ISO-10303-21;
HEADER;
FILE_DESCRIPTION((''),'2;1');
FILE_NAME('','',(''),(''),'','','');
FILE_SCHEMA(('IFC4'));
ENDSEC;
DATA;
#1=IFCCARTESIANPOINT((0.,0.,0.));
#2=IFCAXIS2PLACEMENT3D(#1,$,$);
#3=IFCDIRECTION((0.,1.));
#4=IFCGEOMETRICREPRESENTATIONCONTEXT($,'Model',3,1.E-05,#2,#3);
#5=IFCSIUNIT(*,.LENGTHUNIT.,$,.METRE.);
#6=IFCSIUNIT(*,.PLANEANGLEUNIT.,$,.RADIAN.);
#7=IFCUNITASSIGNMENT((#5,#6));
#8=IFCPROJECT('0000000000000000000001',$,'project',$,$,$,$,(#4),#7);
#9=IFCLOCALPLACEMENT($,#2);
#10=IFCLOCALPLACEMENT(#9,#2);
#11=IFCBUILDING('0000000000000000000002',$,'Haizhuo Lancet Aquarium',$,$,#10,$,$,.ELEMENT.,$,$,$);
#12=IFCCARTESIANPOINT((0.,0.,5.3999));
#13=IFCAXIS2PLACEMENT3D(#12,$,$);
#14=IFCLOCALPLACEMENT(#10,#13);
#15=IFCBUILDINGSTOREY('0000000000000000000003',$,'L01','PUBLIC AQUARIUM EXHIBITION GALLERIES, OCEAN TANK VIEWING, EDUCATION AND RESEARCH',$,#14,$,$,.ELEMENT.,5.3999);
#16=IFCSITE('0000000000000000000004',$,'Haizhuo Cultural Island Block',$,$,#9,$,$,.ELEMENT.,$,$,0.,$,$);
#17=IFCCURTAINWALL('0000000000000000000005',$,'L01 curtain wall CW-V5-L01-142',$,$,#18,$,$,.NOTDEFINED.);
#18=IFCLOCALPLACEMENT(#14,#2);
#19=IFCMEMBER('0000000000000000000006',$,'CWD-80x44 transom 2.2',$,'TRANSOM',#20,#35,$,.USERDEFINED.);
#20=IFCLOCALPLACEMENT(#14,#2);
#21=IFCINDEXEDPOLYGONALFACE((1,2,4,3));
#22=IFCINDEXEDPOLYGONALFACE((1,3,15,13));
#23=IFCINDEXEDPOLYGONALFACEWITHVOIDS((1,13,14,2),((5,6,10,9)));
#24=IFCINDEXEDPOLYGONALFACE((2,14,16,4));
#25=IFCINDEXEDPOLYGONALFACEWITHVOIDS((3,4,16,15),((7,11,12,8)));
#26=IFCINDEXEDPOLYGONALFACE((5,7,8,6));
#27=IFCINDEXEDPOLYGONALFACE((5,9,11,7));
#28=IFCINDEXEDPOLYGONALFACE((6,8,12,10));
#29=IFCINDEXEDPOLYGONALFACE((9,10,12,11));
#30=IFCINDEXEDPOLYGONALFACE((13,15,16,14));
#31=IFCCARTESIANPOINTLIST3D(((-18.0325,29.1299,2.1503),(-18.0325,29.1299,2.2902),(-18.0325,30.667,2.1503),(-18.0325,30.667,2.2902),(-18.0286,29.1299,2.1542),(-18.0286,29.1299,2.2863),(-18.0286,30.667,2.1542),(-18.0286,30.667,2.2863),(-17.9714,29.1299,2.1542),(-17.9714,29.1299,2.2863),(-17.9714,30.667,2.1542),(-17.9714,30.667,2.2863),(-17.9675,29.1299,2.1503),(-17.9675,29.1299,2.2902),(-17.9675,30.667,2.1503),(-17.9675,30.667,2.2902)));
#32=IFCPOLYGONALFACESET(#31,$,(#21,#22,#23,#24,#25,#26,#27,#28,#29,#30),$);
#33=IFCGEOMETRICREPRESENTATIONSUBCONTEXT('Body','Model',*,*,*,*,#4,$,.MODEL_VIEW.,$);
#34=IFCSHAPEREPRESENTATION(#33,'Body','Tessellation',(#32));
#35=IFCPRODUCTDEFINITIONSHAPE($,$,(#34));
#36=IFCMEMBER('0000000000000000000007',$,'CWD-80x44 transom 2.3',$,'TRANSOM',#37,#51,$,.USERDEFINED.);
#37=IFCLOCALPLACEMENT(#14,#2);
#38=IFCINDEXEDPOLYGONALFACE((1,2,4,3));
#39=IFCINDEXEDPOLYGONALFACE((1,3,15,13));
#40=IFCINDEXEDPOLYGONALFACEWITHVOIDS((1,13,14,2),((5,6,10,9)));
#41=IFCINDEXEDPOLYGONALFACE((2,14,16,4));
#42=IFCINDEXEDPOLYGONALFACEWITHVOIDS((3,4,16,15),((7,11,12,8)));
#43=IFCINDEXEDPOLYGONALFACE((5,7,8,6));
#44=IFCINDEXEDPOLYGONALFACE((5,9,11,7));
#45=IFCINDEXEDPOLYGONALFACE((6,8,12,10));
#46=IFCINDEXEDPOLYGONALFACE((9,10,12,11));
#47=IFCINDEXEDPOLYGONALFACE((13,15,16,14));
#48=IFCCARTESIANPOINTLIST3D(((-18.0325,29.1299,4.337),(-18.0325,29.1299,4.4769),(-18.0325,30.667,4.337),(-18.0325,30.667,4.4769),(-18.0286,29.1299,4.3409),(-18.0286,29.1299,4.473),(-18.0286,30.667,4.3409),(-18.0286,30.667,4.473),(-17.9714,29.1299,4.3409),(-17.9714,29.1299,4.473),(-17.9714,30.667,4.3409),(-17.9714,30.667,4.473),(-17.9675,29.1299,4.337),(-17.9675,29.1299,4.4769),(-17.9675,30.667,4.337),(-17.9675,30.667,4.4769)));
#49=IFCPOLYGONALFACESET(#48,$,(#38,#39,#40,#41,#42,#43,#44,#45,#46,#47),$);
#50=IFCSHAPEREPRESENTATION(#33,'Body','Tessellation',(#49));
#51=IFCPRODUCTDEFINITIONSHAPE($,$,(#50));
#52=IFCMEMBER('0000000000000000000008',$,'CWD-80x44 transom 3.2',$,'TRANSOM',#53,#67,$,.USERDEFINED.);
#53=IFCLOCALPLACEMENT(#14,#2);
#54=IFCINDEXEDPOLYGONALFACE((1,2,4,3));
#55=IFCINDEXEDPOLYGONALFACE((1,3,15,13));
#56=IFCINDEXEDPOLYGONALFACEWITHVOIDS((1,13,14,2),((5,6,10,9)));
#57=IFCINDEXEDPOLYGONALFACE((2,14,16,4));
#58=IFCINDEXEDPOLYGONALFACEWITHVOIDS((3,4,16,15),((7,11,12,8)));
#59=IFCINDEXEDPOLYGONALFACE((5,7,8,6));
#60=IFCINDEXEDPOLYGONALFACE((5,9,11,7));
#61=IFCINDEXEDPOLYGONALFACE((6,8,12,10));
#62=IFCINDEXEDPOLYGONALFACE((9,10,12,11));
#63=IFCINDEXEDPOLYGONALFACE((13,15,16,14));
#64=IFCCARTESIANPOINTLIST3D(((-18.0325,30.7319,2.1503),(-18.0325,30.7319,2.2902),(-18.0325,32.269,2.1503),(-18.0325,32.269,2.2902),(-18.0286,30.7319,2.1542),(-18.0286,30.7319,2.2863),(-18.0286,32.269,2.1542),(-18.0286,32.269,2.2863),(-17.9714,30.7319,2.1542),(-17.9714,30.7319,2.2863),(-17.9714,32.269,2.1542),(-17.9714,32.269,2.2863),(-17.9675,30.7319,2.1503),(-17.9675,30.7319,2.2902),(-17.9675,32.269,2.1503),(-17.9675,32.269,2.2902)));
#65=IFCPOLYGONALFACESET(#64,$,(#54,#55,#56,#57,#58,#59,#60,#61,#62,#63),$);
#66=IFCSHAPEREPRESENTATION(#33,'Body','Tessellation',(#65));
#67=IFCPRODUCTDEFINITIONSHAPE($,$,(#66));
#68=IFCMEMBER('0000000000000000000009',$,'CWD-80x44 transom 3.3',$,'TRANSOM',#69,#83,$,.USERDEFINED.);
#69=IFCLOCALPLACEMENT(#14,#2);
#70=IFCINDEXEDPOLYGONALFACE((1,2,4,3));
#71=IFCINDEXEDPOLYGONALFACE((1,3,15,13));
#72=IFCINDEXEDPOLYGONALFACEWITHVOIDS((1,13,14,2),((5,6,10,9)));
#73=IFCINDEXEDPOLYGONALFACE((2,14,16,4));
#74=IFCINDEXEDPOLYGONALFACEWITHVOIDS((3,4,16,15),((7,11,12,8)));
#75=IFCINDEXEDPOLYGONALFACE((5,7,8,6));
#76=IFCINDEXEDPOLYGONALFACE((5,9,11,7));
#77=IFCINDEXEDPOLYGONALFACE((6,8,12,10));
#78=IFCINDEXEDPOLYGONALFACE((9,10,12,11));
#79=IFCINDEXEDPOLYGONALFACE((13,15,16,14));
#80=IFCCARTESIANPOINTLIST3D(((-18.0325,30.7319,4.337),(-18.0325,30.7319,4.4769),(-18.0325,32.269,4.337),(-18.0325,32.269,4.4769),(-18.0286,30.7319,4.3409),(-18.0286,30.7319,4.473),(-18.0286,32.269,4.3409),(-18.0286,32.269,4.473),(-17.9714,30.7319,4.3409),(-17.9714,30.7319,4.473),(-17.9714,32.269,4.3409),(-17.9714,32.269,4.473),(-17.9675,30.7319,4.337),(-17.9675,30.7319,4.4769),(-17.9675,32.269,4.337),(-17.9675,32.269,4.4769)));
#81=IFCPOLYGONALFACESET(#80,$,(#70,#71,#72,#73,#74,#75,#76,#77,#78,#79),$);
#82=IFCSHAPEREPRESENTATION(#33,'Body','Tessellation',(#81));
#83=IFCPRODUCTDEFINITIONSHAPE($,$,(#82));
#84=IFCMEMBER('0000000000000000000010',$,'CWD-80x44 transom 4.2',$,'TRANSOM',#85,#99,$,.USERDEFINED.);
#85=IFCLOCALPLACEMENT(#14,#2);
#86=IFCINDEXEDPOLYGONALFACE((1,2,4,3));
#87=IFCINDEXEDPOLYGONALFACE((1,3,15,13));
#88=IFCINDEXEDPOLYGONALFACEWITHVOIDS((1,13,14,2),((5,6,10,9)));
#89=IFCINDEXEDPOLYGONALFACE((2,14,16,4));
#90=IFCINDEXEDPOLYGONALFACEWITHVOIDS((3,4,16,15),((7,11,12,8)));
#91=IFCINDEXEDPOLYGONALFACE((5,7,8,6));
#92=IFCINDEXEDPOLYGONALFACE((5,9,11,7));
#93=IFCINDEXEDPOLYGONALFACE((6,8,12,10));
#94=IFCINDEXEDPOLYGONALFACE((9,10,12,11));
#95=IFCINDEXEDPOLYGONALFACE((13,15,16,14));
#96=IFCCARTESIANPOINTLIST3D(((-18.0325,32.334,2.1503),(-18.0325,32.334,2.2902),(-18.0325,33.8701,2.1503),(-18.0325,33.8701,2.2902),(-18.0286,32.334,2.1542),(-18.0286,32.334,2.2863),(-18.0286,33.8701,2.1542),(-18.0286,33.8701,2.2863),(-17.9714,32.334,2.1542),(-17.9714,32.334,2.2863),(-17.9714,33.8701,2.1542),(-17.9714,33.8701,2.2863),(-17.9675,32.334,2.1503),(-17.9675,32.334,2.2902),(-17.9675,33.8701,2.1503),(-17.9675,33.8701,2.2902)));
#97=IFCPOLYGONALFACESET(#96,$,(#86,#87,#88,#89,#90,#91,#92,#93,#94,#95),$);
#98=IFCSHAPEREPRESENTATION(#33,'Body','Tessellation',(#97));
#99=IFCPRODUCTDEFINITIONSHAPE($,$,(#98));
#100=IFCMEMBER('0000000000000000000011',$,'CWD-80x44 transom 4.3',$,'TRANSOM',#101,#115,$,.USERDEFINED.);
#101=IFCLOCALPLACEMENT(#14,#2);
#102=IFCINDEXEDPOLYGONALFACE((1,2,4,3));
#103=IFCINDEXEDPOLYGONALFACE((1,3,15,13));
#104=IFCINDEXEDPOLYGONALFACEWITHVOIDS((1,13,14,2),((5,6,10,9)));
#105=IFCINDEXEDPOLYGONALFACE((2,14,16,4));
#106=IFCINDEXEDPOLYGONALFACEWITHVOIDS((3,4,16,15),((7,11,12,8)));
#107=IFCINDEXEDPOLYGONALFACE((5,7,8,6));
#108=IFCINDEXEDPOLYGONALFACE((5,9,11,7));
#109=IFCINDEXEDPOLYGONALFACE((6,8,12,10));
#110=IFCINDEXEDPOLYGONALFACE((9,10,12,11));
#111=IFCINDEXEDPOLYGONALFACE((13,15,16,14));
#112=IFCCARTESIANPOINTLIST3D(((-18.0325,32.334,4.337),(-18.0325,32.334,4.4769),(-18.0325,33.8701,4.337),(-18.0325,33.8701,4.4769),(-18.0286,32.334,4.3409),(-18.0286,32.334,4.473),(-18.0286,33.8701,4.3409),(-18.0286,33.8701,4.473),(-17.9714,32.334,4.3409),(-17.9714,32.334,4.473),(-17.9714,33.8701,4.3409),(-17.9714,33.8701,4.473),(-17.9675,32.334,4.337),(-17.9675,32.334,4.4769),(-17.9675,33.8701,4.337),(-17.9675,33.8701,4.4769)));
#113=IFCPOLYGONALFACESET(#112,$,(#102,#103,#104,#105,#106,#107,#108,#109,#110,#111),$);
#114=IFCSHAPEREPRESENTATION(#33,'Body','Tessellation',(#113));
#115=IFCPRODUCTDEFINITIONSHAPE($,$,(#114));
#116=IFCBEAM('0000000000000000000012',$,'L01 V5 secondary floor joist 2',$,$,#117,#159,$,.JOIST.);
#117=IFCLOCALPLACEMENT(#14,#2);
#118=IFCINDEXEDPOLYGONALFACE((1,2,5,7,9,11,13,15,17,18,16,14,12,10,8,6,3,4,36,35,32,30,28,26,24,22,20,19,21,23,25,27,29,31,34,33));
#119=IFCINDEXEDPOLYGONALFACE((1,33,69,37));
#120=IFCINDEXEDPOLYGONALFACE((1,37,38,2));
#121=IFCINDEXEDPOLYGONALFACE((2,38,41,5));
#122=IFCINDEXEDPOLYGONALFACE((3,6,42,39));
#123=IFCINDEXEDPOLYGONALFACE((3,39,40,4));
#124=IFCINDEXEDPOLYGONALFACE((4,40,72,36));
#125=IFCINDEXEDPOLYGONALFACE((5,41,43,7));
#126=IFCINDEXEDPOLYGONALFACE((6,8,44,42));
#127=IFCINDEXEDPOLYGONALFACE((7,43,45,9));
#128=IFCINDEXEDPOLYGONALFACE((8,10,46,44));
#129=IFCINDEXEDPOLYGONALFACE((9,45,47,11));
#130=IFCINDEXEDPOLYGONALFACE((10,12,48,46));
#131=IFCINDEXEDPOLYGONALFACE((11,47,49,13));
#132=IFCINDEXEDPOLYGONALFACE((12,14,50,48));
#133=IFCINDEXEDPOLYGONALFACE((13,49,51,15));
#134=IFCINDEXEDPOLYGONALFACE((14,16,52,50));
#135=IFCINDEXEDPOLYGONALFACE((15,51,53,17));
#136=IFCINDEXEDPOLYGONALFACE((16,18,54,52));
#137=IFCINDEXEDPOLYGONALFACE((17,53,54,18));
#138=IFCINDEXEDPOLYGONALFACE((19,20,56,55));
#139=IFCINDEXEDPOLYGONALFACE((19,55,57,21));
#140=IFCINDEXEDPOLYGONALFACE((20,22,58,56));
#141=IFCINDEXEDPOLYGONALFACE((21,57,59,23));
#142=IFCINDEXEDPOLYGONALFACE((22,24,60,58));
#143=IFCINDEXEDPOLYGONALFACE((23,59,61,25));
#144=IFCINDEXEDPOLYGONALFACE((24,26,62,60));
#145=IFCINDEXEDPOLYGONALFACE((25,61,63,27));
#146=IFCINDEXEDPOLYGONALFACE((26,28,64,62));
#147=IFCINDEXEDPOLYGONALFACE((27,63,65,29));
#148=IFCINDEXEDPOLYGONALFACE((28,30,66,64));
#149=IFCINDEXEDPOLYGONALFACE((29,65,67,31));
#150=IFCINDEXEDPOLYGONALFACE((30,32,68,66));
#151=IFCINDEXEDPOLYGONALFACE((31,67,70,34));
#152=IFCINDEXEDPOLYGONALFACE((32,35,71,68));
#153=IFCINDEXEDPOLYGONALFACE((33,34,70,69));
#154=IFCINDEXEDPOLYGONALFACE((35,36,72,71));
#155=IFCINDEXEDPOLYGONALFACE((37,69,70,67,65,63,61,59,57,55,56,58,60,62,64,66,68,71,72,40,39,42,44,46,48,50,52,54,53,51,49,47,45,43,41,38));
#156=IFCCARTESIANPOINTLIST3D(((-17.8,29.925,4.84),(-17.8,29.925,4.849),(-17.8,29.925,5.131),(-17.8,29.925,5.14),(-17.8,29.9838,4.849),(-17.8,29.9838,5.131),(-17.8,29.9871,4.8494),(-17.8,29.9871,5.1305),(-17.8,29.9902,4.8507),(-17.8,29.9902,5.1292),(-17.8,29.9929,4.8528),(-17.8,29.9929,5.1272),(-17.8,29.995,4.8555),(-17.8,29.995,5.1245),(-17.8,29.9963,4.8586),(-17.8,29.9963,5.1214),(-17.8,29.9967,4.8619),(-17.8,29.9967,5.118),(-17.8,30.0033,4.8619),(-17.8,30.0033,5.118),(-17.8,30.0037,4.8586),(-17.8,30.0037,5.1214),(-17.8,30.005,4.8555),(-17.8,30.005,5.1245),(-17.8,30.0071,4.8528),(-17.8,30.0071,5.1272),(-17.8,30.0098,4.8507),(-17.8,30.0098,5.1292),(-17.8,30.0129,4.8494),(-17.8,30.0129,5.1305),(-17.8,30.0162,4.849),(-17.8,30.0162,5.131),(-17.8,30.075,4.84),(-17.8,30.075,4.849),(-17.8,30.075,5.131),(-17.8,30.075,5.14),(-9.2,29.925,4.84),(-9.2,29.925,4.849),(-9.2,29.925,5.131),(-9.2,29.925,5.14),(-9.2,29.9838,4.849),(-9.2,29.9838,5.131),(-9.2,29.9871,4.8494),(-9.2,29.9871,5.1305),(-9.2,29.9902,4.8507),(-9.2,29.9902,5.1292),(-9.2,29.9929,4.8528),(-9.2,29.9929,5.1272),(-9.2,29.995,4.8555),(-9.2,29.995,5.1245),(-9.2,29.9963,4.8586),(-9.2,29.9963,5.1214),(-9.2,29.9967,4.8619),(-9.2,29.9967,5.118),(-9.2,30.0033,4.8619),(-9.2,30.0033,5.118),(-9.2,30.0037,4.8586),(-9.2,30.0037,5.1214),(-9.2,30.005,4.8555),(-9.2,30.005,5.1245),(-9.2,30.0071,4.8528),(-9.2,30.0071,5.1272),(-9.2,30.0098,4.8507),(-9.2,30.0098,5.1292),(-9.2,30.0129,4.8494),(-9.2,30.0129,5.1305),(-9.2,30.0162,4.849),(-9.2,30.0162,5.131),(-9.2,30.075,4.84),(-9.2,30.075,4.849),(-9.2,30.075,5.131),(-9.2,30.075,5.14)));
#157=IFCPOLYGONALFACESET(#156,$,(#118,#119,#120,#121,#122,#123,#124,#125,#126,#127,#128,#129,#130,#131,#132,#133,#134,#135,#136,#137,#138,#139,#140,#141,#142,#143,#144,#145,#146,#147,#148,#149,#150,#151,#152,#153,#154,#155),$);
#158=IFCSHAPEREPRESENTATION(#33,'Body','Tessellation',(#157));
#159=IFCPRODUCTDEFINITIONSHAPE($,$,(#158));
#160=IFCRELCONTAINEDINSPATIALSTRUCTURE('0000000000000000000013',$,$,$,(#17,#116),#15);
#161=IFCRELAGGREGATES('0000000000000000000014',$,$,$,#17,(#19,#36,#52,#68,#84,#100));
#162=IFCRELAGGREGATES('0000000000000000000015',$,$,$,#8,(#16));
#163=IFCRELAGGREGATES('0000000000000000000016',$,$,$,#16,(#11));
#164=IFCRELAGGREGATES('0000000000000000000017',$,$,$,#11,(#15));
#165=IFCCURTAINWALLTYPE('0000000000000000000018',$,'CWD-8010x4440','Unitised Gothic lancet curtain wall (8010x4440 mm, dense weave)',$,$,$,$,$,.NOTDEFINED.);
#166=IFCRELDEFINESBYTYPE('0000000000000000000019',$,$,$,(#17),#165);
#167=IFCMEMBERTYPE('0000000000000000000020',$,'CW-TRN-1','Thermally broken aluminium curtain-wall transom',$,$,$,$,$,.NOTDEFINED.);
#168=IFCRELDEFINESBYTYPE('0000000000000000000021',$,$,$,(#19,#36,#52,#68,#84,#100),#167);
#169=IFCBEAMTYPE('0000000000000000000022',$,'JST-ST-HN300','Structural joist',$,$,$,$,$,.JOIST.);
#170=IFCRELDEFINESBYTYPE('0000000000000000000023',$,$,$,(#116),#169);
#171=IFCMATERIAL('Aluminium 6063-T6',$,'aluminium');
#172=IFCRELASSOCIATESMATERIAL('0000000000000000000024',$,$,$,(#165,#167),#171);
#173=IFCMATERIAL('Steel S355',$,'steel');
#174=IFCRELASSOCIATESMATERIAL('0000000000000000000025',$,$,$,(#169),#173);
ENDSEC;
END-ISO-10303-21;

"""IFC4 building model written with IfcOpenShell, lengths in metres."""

from ifc_helpers import new_model, si_unit, direction, frame, origin, origin_2d, place, context, subcontext, project, spatial, hollow_rectangle, i_section, extrude, material, material_profile, profile_set, type_object, element, aggregate, save


model = new_model("IFC4")

# Units and contexts
model_context = context("Model", 3, precision=1e-05, world=origin(), true_north=direction((0.0, 1.0)))
body_context = subcontext(model_context, "Body", "Model", "MODEL_VIEW")
ifc_project = project(units=[si_unit("LENGTHUNIT", "METRE"), si_unit("PLANEANGLEUNIT", "RADIAN")], contexts=[model_context])

# Site, building, storey
site_placement = place(None, origin())
site = spatial("IfcSite", under=ifc_project, at=site_placement, Name="Haizhuo Cultural Island Block", CompositionType="ELEMENT", RefElevation=0.0)
building_placement = place(site_placement, origin())
building = spatial("IfcBuilding", under=site, at=building_placement, Name="Haizhuo Lancet Aquarium", CompositionType="ELEMENT")
storey_placement = place(building_placement, frame((0.0, 0.0, 5.3999)))
storey = spatial("IfcBuildingStorey", under=building, at=storey_placement, Name="L01", Description="PUBLIC AQUARIUM EXHIBITION GALLERIES, OCEAN TANK VIEWING, EDUCATION AND RESEARCH", CompositionType="ELEMENT", Elevation=5.3999)

# Curtain wall, members
ifc_material_1 = material(Name="Aluminium 6063-T6", Category="aluminium")
curtain_wall_type = type_object("IfcCurtainWallType", Name="CWD-8010x4440", Description="Unitised Gothic lancet curtain wall (8010x4440 mm, dense weave)", PredefinedType="NOTDEFINED", material=ifc_material_1)
curtain_wall_placement = place(storey_placement, origin())
curtain_wall = element("IfcCurtainWall", 1, at=curtain_wall_placement, inside=storey, type_object=curtain_wall_type, Name="L01 curtain wall CW-V5-L01-142", PredefinedType="NOTDEFINED")
ifc_material_profile_1 = material_profile(ifc_material_1, hollow_rectangle(XDim=0.0649, YDim=0.1399, WallThickness=0.0039, at=origin_2d()), Name="ALU-T 65x140x4")
ifc_profile_set_1 = profile_set([ifc_material_profile_1], Name="Aluminium 6063-T6")
member_type_1 = type_object("IfcMemberType", Name="CW-TRN-1", Description="Thermally broken aluminium curtain-wall transom", PredefinedType="NOTDEFINED", material=ifc_profile_set_1)
member_1_placement = place(storey_placement, frame((-18.0, 29.1299, 2.2202), z_axis=(0.0, 1.0, 0.0), x_axis=(-1.0, 0.0, 0.0)))
member_1 = element("IfcMember", 2, at=member_1_placement, type_object=member_type_1, Name="CWD-80x44 transom 2.2", ObjectType="TRANSOM", PredefinedType="USERDEFINED", context=body_context, shape_type="SweptSolid", body=[
    extrude(hollow_rectangle(XDim=0.0649, YDim=0.1399, WallThickness=0.0039, at=origin_2d()), origin(), (0.0, 0.0, 1.0), 1.5371),
])
member_2_placement = place(storey_placement, frame((-18.0, 29.1299, 4.407), z_axis=(0.0, 1.0, 0.0), x_axis=(-1.0, 0.0, 0.0)))
member_2 = element("IfcMember", 3, at=member_2_placement, type_object=member_type_1, Name="CWD-80x44 transom 2.3", ObjectType="TRANSOM", PredefinedType="USERDEFINED", context=body_context, shape_type="SweptSolid", body=[
    extrude(hollow_rectangle(XDim=0.0649, YDim=0.1399, WallThickness=0.0039, at=origin_2d()), origin(), (0.0, 0.0, 1.0), 1.5371),
])
member_3_placement = place(storey_placement, frame((-18.0, 30.7319, 2.2202), z_axis=(0.0, 1.0, 0.0), x_axis=(-1.0, 0.0, 0.0)))
member_3 = element("IfcMember", 4, at=member_3_placement, type_object=member_type_1, Name="CWD-80x44 transom 3.2", ObjectType="TRANSOM", PredefinedType="USERDEFINED", context=body_context, shape_type="SweptSolid", body=[
    extrude(hollow_rectangle(XDim=0.0649, YDim=0.1399, WallThickness=0.0039, at=origin_2d()), origin(), (0.0, 0.0, 1.0), 1.5371),
])
member_4_placement = place(storey_placement, frame((-18.0, 30.7319, 4.407), z_axis=(0.0, 1.0, 0.0), x_axis=(-1.0, 0.0, 0.0)))
member_4 = element("IfcMember", 5, at=member_4_placement, type_object=member_type_1, Name="CWD-80x44 transom 3.3", ObjectType="TRANSOM", PredefinedType="USERDEFINED", context=body_context, shape_type="SweptSolid", body=[
    extrude(hollow_rectangle(XDim=0.0649, YDim=0.1399, WallThickness=0.0039, at=origin_2d()), origin(), (0.0, 0.0, 1.0), 1.5371),
])
member_5_placement = place(storey_placement, frame((-18.0, 32.334, 2.2202), z_axis=(0.0, 1.0, 0.0), x_axis=(-1.0, 0.0, 0.0)))
member_5 = element("IfcMember", 6, at=member_5_placement, type_object=member_type_1, Name="CWD-80x44 transom 4.2", ObjectType="TRANSOM", PredefinedType="USERDEFINED", context=body_context, shape_type="SweptSolid", body=[
    extrude(hollow_rectangle(XDim=0.0649, YDim=0.1399, WallThickness=0.0039, at=origin_2d()), origin(), (0.0, 0.0, 1.0), 1.5361),
])
member_6_placement = place(storey_placement, frame((-18.0, 32.334, 4.407), z_axis=(0.0, 1.0, 0.0), x_axis=(-1.0, 0.0, 0.0)))
member_6 = element("IfcMember", 7, at=member_6_placement, type_object=member_type_1, Name="CWD-80x44 transom 4.3", ObjectType="TRANSOM", PredefinedType="USERDEFINED", context=body_context, shape_type="SweptSolid", body=[
    extrude(hollow_rectangle(XDim=0.0649, YDim=0.1399, WallThickness=0.0039, at=origin_2d()), origin(), (0.0, 0.0, 1.0), 1.5361),
])

# Beam
ifc_material_2 = material(Name="Steel S355", Category="steel")
ifc_material_profile_2 = material_profile(ifc_material_2, i_section(OverallWidth=0.1499, OverallDepth=0.3, WebThickness=0.0066, FlangeThickness=0.009, FilletRadius=0.0129, at=origin_2d()), Name="HN 300x150x6.5x9")
ifc_profile_set_2 = profile_set([ifc_material_profile_2], Name="Steel S355")
beam_type_1 = type_object("IfcBeamType", Name="JST-ST-HN300", Description="Structural joist", PredefinedType="JOIST", material=ifc_profile_set_2)
beam_1_placement = place(storey_placement, frame((-17.8, 30.0, 4.99), z_axis=(1.0, 0.0, 0.0), x_axis=(0.0, 1.0, 0.0)))
element("IfcBeam", 8, at=beam_1_placement, inside=storey, type_object=beam_type_1, Name="L01 V5 secondary floor joist 2", PredefinedType="JOIST", context=body_context, shape_type="SweptSolid", body=[
    extrude(i_section(OverallWidth=0.1499, OverallDepth=0.3, WebThickness=0.0066, FlangeThickness=0.009, FilletRadius=0.0129, at=origin_2d()), origin(), (0.0, 0.0, 1.0), 8.6001),
])

aggregate(curtain_wall, [member_1, member_2, member_3, member_4, member_5, member_6])

save(model, "model.ifc")
